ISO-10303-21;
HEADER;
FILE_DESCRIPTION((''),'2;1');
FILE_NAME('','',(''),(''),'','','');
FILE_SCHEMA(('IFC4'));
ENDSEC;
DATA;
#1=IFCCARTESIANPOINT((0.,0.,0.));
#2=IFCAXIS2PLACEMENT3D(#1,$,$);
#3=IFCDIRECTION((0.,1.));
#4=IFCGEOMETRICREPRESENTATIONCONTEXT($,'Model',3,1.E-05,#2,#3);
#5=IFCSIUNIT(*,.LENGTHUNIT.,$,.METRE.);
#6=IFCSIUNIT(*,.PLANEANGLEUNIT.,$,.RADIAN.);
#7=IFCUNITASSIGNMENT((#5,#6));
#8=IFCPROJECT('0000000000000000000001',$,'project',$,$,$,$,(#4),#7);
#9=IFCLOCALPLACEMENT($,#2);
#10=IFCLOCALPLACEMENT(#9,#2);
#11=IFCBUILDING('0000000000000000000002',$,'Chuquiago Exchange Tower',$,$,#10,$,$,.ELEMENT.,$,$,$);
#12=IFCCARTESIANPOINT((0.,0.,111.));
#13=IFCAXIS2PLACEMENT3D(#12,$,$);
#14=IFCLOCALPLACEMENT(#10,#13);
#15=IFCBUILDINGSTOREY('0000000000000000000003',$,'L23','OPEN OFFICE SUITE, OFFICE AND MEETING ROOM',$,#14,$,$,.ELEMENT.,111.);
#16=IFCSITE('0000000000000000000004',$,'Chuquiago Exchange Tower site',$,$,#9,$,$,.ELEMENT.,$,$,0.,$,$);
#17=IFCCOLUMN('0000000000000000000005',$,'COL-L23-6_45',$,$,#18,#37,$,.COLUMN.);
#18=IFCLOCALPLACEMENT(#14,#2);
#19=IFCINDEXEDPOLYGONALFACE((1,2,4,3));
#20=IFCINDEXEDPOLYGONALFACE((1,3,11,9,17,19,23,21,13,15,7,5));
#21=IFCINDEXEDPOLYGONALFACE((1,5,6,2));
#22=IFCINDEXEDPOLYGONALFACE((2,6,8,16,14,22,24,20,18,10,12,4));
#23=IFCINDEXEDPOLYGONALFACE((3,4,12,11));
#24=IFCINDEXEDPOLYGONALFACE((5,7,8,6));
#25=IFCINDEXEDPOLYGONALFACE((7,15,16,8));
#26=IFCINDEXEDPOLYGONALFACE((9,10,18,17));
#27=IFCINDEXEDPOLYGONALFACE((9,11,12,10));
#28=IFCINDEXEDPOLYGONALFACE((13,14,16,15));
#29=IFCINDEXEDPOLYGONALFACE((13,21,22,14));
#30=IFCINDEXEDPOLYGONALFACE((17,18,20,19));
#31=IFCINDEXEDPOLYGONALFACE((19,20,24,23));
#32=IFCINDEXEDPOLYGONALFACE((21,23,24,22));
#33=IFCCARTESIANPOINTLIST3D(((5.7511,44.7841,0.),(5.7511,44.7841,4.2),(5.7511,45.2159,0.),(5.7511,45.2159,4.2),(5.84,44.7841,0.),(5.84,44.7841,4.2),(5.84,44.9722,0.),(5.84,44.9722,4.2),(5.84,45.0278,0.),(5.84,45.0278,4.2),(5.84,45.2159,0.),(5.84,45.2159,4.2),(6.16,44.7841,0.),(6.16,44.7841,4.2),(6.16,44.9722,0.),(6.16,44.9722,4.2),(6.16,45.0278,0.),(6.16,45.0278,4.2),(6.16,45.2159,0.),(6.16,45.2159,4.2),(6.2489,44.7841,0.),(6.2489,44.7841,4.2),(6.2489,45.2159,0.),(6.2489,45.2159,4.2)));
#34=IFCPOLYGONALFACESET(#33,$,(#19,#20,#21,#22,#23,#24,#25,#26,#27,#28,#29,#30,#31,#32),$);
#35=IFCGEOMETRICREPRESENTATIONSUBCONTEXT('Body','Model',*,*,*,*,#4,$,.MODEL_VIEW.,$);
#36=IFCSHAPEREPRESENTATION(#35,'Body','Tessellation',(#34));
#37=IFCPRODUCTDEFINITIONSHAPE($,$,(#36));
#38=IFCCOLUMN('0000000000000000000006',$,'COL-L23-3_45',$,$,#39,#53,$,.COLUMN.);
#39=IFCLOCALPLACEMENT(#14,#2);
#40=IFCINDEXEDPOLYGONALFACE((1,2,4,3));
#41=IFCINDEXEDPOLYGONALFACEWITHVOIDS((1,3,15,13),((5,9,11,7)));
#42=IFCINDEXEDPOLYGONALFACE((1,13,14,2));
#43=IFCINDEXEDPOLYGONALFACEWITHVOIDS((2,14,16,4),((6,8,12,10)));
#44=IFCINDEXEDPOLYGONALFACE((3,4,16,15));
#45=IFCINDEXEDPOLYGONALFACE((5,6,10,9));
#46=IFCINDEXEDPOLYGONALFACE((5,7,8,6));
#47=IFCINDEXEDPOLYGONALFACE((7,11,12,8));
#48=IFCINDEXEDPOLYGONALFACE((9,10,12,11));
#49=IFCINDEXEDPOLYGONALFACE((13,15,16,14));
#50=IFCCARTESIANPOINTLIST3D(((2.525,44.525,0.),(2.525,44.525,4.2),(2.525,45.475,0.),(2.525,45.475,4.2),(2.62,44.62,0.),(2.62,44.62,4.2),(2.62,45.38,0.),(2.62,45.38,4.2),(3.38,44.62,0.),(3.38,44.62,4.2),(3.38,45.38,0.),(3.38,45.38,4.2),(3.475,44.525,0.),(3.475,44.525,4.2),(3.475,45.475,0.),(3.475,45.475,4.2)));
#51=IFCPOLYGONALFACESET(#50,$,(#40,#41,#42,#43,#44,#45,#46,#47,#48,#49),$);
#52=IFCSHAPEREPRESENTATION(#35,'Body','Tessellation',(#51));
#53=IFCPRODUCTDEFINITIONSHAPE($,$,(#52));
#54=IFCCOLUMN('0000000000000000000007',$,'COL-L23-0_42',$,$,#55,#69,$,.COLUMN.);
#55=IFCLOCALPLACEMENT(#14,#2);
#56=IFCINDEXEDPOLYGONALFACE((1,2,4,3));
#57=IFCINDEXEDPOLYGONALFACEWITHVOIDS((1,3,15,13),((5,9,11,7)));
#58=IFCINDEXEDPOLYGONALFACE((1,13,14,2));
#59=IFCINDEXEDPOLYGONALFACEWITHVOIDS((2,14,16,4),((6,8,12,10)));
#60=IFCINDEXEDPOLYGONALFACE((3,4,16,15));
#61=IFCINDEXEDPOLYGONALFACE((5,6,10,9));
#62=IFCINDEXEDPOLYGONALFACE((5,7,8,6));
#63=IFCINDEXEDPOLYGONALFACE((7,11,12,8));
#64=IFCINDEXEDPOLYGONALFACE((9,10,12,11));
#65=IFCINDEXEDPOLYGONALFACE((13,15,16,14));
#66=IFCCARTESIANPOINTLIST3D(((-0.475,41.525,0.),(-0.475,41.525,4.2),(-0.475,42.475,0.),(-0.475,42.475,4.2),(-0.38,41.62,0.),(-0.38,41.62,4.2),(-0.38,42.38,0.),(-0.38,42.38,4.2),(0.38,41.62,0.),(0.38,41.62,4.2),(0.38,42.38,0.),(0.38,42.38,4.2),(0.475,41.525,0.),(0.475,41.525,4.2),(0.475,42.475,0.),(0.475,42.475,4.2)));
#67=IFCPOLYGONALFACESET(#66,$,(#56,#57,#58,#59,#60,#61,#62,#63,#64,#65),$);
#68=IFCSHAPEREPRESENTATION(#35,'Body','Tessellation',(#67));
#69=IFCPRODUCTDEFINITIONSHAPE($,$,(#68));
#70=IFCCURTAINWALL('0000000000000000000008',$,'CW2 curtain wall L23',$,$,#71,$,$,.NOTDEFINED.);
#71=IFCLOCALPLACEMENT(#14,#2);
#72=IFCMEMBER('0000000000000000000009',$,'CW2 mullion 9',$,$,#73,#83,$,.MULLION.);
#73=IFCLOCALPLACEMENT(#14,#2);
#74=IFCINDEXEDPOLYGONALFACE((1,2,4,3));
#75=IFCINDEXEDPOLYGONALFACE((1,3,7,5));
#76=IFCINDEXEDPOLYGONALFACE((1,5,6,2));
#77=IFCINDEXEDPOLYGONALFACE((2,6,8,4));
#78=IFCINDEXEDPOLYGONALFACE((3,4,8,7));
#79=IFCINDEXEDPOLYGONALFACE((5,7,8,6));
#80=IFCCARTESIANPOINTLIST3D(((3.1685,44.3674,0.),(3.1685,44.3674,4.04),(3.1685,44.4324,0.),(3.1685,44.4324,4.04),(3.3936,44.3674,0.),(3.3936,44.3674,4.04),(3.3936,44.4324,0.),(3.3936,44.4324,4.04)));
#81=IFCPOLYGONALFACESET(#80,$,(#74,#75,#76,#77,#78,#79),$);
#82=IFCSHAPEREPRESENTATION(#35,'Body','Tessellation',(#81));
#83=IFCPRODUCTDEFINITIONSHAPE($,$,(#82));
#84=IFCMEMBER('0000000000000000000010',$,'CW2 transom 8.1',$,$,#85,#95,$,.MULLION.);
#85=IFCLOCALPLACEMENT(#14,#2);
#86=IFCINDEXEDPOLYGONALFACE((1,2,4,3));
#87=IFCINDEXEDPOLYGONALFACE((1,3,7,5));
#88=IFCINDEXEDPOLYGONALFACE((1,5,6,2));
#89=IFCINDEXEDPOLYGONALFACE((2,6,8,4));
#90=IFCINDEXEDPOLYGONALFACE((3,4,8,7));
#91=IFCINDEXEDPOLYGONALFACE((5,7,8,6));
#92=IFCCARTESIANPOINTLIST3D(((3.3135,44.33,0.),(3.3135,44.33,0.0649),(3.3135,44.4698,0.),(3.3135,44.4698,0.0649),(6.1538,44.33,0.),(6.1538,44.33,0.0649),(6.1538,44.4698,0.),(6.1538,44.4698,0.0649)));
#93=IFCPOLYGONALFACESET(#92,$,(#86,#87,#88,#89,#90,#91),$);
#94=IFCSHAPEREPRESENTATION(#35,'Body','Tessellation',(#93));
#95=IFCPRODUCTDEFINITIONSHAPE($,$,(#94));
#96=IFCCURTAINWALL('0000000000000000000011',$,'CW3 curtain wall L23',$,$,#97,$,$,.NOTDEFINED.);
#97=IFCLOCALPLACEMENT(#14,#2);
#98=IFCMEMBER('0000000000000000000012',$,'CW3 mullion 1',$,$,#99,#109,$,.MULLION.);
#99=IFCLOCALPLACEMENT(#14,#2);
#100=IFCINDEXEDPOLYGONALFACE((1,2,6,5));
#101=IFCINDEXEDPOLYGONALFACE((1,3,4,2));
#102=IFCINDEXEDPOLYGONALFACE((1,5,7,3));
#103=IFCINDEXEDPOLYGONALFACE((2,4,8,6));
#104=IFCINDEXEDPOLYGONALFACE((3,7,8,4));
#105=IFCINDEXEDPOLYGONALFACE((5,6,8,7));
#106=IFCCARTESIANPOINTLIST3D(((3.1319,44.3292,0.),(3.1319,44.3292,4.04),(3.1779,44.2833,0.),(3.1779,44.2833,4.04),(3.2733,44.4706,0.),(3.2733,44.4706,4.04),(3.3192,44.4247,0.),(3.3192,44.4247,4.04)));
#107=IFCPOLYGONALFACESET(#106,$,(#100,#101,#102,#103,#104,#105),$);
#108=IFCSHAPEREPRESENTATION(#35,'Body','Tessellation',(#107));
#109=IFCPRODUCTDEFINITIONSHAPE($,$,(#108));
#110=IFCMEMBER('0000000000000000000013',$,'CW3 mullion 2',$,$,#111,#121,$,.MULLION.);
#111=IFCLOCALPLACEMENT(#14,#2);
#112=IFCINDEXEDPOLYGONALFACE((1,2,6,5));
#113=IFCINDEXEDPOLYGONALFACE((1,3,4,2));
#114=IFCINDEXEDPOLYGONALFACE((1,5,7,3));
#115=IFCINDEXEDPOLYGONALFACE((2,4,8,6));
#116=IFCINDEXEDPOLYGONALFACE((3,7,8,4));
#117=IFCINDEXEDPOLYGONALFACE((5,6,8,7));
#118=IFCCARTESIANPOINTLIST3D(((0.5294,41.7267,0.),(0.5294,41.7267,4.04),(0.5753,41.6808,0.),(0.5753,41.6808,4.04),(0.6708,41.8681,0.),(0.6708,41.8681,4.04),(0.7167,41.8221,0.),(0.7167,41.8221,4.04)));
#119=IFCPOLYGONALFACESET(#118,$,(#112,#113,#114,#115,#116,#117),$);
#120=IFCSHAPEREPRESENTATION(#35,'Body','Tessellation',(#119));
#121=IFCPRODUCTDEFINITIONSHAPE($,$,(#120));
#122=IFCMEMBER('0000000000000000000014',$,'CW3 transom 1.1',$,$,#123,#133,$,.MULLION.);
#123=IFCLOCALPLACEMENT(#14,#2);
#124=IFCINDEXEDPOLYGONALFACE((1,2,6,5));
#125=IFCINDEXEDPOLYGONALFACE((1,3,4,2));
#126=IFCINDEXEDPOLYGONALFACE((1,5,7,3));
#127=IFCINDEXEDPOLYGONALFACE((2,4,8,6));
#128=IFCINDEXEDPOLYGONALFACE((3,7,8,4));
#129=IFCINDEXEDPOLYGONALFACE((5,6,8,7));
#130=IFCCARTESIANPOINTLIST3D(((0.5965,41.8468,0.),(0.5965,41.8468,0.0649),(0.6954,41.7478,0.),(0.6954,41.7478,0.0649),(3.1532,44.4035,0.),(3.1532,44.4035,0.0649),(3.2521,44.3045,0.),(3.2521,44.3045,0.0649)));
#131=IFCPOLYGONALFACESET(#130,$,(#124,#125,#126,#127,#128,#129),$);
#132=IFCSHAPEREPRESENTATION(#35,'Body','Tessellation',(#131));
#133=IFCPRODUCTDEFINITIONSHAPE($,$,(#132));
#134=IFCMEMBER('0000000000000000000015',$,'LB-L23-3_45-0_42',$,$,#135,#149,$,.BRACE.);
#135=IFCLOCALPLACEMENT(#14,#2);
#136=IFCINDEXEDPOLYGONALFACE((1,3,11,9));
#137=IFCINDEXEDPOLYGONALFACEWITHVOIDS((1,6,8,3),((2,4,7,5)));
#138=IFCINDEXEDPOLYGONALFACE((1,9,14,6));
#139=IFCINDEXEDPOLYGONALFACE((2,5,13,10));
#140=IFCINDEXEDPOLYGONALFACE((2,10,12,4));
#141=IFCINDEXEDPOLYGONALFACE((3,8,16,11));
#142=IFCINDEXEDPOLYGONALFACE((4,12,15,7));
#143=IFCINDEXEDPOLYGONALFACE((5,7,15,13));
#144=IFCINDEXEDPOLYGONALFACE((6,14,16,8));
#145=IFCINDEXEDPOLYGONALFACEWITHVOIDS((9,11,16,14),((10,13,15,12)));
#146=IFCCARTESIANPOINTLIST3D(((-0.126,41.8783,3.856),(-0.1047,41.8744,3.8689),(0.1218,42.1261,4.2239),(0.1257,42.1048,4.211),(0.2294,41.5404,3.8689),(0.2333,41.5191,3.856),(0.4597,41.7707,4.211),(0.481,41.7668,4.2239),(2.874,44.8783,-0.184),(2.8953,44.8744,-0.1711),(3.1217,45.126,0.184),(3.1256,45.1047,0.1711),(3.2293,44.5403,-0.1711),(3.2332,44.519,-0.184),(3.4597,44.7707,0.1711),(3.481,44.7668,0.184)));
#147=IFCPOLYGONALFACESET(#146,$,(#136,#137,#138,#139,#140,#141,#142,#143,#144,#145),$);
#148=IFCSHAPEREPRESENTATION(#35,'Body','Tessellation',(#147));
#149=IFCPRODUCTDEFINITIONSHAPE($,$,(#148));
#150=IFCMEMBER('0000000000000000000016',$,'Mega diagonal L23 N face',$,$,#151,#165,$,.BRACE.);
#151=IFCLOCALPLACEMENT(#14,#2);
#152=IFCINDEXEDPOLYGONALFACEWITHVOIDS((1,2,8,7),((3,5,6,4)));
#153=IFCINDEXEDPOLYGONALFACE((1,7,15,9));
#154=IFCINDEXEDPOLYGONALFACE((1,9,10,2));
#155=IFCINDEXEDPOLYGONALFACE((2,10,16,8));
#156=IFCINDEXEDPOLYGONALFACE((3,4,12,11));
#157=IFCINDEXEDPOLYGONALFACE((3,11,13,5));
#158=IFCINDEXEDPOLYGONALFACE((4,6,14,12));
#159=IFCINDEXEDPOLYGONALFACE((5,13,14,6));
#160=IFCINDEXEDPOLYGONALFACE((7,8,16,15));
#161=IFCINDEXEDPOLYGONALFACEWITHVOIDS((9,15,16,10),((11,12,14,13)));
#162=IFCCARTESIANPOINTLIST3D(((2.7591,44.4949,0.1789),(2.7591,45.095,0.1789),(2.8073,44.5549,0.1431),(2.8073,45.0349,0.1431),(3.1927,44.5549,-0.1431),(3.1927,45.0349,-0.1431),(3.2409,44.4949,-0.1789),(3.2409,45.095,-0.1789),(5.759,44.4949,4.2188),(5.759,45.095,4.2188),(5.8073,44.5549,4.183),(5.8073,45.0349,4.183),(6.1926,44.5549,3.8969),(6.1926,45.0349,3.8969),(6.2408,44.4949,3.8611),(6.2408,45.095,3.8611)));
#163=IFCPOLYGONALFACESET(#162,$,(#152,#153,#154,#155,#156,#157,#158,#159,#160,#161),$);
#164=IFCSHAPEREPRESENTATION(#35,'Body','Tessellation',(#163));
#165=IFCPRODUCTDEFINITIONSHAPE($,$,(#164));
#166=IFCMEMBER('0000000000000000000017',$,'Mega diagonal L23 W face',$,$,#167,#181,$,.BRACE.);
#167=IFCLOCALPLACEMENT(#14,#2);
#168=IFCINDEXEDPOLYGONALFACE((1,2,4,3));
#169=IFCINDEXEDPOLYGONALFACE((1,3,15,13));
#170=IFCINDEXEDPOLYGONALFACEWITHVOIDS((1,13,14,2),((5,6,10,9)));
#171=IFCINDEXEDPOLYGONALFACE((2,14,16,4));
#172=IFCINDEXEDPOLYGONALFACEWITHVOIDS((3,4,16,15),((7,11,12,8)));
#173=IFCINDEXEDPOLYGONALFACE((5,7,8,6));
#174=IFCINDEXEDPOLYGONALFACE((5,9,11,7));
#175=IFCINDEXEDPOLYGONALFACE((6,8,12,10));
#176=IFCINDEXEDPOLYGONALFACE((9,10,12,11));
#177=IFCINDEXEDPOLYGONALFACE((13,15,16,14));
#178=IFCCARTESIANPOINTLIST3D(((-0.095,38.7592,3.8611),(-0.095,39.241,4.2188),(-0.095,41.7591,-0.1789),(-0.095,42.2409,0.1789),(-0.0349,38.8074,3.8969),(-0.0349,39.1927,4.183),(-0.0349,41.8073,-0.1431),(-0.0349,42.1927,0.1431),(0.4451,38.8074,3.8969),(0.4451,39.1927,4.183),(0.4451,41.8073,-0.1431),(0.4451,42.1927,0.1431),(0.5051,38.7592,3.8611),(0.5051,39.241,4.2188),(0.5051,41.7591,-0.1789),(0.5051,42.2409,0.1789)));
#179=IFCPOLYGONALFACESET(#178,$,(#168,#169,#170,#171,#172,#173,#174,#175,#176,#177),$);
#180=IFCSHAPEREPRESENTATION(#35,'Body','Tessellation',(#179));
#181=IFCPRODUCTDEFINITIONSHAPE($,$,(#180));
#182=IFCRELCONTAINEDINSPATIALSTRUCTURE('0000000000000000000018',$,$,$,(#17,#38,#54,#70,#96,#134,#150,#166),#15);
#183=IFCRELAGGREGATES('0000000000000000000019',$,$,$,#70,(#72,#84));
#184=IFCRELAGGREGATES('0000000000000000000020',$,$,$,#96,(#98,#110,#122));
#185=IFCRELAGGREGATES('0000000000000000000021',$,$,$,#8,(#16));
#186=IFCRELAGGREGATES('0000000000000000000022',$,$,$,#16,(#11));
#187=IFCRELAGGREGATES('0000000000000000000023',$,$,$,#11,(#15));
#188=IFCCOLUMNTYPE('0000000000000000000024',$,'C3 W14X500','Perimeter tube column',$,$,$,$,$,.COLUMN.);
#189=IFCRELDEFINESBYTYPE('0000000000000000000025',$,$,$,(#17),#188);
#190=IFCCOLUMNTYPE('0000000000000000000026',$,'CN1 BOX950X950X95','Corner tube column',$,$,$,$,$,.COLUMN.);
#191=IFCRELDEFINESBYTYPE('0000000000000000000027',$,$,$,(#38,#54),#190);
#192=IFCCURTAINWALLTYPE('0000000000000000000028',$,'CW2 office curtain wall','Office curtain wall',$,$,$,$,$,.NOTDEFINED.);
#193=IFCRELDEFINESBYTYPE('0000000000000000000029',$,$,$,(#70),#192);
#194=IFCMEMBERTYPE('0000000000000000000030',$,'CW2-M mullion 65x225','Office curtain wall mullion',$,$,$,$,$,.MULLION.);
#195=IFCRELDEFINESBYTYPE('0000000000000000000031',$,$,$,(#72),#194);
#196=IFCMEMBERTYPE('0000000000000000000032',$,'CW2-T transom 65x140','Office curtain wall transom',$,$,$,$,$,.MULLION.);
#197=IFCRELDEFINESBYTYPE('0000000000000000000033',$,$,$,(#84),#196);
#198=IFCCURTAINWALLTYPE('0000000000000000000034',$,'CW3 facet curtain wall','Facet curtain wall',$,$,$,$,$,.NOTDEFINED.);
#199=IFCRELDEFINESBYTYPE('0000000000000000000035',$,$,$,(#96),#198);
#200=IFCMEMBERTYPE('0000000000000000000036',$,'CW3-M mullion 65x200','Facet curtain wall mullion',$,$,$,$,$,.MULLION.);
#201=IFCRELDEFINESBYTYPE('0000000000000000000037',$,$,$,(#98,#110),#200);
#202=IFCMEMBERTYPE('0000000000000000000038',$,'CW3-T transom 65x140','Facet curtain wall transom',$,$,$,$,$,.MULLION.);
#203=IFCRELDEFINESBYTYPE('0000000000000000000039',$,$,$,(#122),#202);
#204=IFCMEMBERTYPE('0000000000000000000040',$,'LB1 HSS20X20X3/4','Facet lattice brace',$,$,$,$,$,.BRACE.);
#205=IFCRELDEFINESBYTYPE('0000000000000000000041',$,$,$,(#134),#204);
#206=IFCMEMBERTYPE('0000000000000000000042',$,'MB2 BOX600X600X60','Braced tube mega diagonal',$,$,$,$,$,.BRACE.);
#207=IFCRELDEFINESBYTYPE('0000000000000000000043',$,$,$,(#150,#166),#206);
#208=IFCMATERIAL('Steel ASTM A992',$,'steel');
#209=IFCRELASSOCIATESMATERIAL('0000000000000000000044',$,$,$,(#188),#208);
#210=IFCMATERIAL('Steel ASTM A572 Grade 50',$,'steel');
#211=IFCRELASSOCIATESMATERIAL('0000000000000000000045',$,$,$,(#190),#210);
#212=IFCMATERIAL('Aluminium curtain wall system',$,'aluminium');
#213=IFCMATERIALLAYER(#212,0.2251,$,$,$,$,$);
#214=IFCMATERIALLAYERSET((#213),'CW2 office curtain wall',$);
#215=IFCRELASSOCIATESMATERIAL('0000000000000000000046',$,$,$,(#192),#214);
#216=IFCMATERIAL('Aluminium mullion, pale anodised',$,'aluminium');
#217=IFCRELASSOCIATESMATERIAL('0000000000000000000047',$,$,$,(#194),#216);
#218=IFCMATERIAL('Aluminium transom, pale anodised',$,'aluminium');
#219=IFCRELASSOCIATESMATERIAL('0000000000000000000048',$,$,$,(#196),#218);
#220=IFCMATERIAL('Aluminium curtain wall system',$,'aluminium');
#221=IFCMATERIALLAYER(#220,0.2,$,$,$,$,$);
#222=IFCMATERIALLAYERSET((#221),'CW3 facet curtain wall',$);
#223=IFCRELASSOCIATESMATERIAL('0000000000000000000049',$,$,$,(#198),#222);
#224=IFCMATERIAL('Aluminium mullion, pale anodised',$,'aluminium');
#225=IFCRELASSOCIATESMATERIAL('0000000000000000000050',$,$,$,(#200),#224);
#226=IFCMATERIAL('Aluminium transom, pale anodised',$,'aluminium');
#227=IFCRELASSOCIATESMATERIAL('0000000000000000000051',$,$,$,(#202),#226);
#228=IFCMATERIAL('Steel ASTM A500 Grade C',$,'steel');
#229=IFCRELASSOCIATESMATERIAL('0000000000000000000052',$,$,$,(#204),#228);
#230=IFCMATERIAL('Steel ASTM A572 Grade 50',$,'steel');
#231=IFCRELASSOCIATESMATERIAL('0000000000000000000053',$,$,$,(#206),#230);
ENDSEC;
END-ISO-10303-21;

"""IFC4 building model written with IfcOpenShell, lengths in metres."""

from ifc_helpers import new_model, si_unit, direction, frame, origin, origin_2d, place, context, subcontext, project, spatial, rectangle, hollow_rectangle, i_section, extrude, material, layer, layer_set, material_profile, profile_set, type_object, element, aggregate, save


model = new_model("IFC4")

# Units and contexts
model_context = context("Model", 3, precision=1e-05, world=origin(), true_north=direction((0.0, 1.0)))
body_context = subcontext(model_context, "Body", "Model", "MODEL_VIEW")
ifc_project = project(units=[si_unit("LENGTHUNIT", "METRE"), si_unit("PLANEANGLEUNIT", "RADIAN")], contexts=[model_context])

# Site, building, storey
site_placement = place(None, origin())
site = spatial("IfcSite", under=ifc_project, at=site_placement, Name="Chuquiago Exchange Tower site", CompositionType="ELEMENT", RefElevation=0.0)
building_placement = place(site_placement, origin())
building = spatial("IfcBuilding", under=site, at=building_placement, Name="Chuquiago Exchange Tower", CompositionType="ELEMENT")
storey_placement = place(building_placement, frame((0.0, 0.0, 111.0)))
storey = spatial("IfcBuildingStorey", under=building, at=storey_placement, Name="L23", Description="OPEN OFFICE SUITE, OFFICE AND MEETING ROOM", CompositionType="ELEMENT", Elevation=111.0)

# Columns
ifc_material_1 = material(Name="Steel ASTM A992", Category="steel")
ifc_material_profile_1 = material_profile(ifc_material_1, i_section(OverallWidth=0.4319, OverallDepth=0.4978, WebThickness=0.0557, FlangeThickness=0.0889, at=origin_2d()), Name="W14X500")
ifc_profile_set_1 = profile_set([ifc_material_profile_1], Name="Steel ASTM A992")
column_type_1 = type_object("IfcColumnType", Name="C3 W14X500", Description="Perimeter tube column", PredefinedType="COLUMN", material=ifc_profile_set_1)
column_placement = place(storey_placement, frame((6.0, 45.0, 0.0), z_axis=(0.0, 0.0, 1.0), x_axis=(0.0, 1.0, 0.0)))
element("IfcColumn", 1, at=column_placement, inside=storey, type_object=column_type_1, Name="COL-L23-6_45", PredefinedType="COLUMN", context=body_context, shape_type="SweptSolid", body=[
    extrude(i_section(OverallWidth=0.4319, OverallDepth=0.4978, WebThickness=0.0557, FlangeThickness=0.0889, at=origin_2d()), origin(), (0.0, 0.0, 1.0), 4.2),
])
ifc_material_2 = material(Name="Steel ASTM A572 Grade 50", Category="steel")
ifc_material_profile_2 = material_profile(ifc_material_2, hollow_rectangle(XDim=0.95, YDim=0.95, WallThickness=0.095, at=origin_2d()), Name="BOX950X950X95")
ifc_profile_set_2 = profile_set([ifc_material_profile_2], Name="Steel ASTM A572 Grade 50")
column_type_2 = type_object("IfcColumnType", Name="CN1 BOX950X950X95", Description="Corner tube column", PredefinedType="COLUMN", material=ifc_profile_set_2)
for number, where, z_axis, x_axis, name in (
    (2, (3.0, 45.0, 0.0), (0.0, 0.0, 1.0), (0.0, 1.0, 0.0), "COL-L23-3_45"),
    (3, (0.0, 42.0, 0.0), (0.0, 0.0, 1.0), (-1.0, 0.0, 0.0), "COL-L23-0_42"),
):
    element("IfcColumn", number, at=place(storey_placement, frame(where, z_axis=z_axis, x_axis=x_axis)), inside=storey, type_object=column_type_2, Name=name, PredefinedType="COLUMN", context=body_context, shape_type="SweptSolid", body=[
        extrude(hollow_rectangle(XDim=0.95, YDim=0.95, WallThickness=0.095, at=origin_2d()), origin(), (0.0, 0.0, 1.0), 4.2),
    ])

# Curtain walls, members
ifc_material_3 = material(Name="Aluminium curtain wall system", Category="aluminium")
ifc_layer_1 = layer(ifc_material_3, 0.2251)
ifc_layer_set_1 = layer_set([ifc_layer_1], Name="CW2 office curtain wall")
curtain_wall_type_1 = type_object("IfcCurtainWallType", Name="CW2 office curtain wall", Description="Office curtain wall", PredefinedType="NOTDEFINED", material=ifc_layer_set_1)
curtain_wall_1_placement = place(storey_placement, origin())
curtain_wall_1 = element("IfcCurtainWall", 4, at=curtain_wall_1_placement, inside=storey, type_object=curtain_wall_type_1, Name="CW2 curtain wall L23", PredefinedType="NOTDEFINED")
ifc_material_4 = material(Name="Aluminium mullion, pale anodised", Category="aluminium")
ifc_material_profile_3 = material_profile(ifc_material_4, rectangle(XDim=0.0649, YDim=0.2251, at=origin_2d()), Name="AL 65x225")
ifc_profile_set_3 = profile_set([ifc_material_profile_3], Name="Aluminium mullion, pale anodised")
member_type_1 = type_object("IfcMemberType", Name="CW2-M mullion 65x225", Description="Office curtain wall mullion", PredefinedType="MULLION", material=ifc_profile_set_3)
member_1_placement = place(storey_placement, frame((3.281, 44.3999, 0.0), z_axis=(0.0, 0.0, 1.0), x_axis=(0.0, -1.0, 0.0)))
member_1 = element("IfcMember", 5, at=member_1_placement, type_object=member_type_1, Name="CW2 mullion 9", PredefinedType="MULLION", context=body_context, shape_type="SweptSolid", body=[
    extrude(rectangle(XDim=0.0649, YDim=0.2251, at=origin_2d()), origin(), (0.0, 0.0, 1.0), 4.04),
])
ifc_material_5 = material(Name="Aluminium transom, pale anodised", Category="aluminium")
ifc_material_profile_4 = material_profile(ifc_material_5, rectangle(XDim=0.1399, YDim=0.0649, at=origin_2d()), Name="AL 140x65")
ifc_profile_set_4 = profile_set([ifc_material_profile_4], Name="Aluminium transom, pale anodised")
member_type_2 = type_object("IfcMemberType", Name="CW2-T transom 65x140", Description="Office curtain wall transom", PredefinedType="MULLION", material=ifc_profile_set_4)
member_2_placement = place(storey_placement, frame((6.1538, 44.3999, 0.0325), z_axis=(-1.0, 0.0, 0.0), x_axis=(0.0, -1.0, 0.0)))
member_2 = element("IfcMember", 6, at=member_2_placement, type_object=member_type_2, Name="CW2 transom 8.1", PredefinedType="MULLION", context=body_context, shape_type="SweptSolid", body=[
    extrude(rectangle(XDim=0.1399, YDim=0.0649, at=origin_2d()), origin(), (0.0, 0.0, 1.0), 2.8403),
])
ifc_material_6 = material(Name="Aluminium curtain wall system", Category="aluminium")
ifc_layer_2 = layer(ifc_material_6, 0.2)
ifc_layer_set_2 = layer_set([ifc_layer_2], Name="CW3 facet curtain wall")
curtain_wall_type_2 = type_object("IfcCurtainWallType", Name="CW3 facet curtain wall", Description="Facet curtain wall", PredefinedType="NOTDEFINED", material=ifc_layer_set_2)
curtain_wall_2_placement = place(storey_placement, origin())
curtain_wall_2 = element("IfcCurtainWall", 7, at=curtain_wall_2_placement, inside=storey, type_object=curtain_wall_type_2, Name="CW3 curtain wall L23", PredefinedType="NOTDEFINED")
ifc_material_7 = material(Name="Aluminium mullion, pale anodised", Category="aluminium")
ifc_material_profile_5 = material_profile(ifc_material_7, rectangle(XDim=0.0649, YDim=0.2, at=origin_2d()), Name="AL 65x200")
ifc_profile_set_5 = profile_set([ifc_material_profile_5], Name="Aluminium mullion, pale anodised")
member_type_3 = type_object("IfcMemberType", Name="CW3-M mullion 65x200", Description="Facet curtain wall mullion", PredefinedType="MULLION", material=ifc_profile_set_5)
member_3_placement = place(storey_placement, frame((3.2256, 44.377, 0.0), z_axis=(0.0, 0.0, 1.0), x_axis=(0.707107, -0.707107, 0.0)))
member_3 = element("IfcMember", 8, at=member_3_placement, type_object=member_type_3, Name="CW3 mullion 1", PredefinedType="MULLION", context=body_context, shape_type="SweptSolid", body=[
    extrude(rectangle(XDim=0.0649, YDim=0.2, at=origin_2d()), origin(), (0.0, 0.0, 1.0), 4.04),
])
member_4_placement = place(storey_placement, frame((0.623, 41.7744, 0.0), z_axis=(0.0, 0.0, 1.0), x_axis=(0.707107, -0.707107, 0.0)))
member_4 = element("IfcMember", 9, at=member_4_placement, type_object=member_type_3, Name="CW3 mullion 2", PredefinedType="MULLION", context=body_context, shape_type="SweptSolid", body=[
    extrude(rectangle(XDim=0.0649, YDim=0.2, at=origin_2d()), origin(), (0.0, 0.0, 1.0), 4.04),
])
ifc_material_8 = material(Name="Aluminium transom, pale anodised", Category="aluminium")
ifc_material_profile_6 = material_profile(ifc_material_8, rectangle(XDim=0.1399, YDim=0.0649, at=origin_2d()), Name="AL 140x65")
ifc_profile_set_6 = profile_set([ifc_material_profile_6], Name="Aluminium transom, pale anodised")
member_type_4 = type_object("IfcMemberType", Name="CW3-T transom 65x140", Description="Facet curtain wall transom", PredefinedType="MULLION", material=ifc_profile_set_6)
member_5_placement = place(storey_placement, frame((3.2026, 44.354, 0.0325), z_axis=(-0.707107, -0.707107, 0.0), x_axis=(0.707107, -0.707107, 0.0)))
member_5 = element("IfcMember", 10, at=member_5_placement, type_object=member_type_4, Name="CW3 transom 1.1", PredefinedType="MULLION", context=body_context, shape_type="SweptSolid", body=[
    extrude(rectangle(XDim=0.1399, YDim=0.0649, at=origin_2d()), origin(), (0.0, 0.0, 1.0), 3.6157),
])

# Members
ifc_material_9 = material(Name="Steel ASTM A500 Grade C", Category="steel")
ifc_material_profile_7 = material_profile(ifc_material_9, hollow_rectangle(XDim=0.5081, YDim=0.5081, WallThickness=0.0178, at=origin_2d()), Name="HSS20X20X3/4")
ifc_profile_set_7 = profile_set([ifc_material_profile_7], Name="Steel ASTM A500 Grade C")
member_type_5 = type_object("IfcMemberType", Name="LB1 HSS20X20X3/4", Description="Facet lattice brace", PredefinedType="BRACE", material=ifc_profile_set_7)
member_6_placement = place(storey_placement, frame((3.1775, 44.8225, 0.0), z_axis=(-0.512077, -0.512077, 0.689604), x_axis=(0.707107, -0.707107, 0.0)))
element("IfcMember", 11, at=member_6_placement, inside=storey, type_object=member_type_5, Name="LB-L23-3_45-0_42", PredefinedType="BRACE", context=body_context, shape_type="SweptSolid", body=[
    extrude(hollow_rectangle(XDim=0.5081, YDim=0.5081, WallThickness=0.0178, at=origin_2d()), origin(), (0.0, 0.0, 1.0), 5.8584),
])
ifc_material_10 = material(Name="Steel ASTM A572 Grade 50", Category="steel")
ifc_material_profile_8 = material_profile(ifc_material_10, hollow_rectangle(XDim=0.6001, YDim=0.6001, WallThickness=0.0601, at=origin_2d()), Name="BOX600X600X60")
ifc_profile_set_8 = profile_set([ifc_material_profile_8], Name="Steel ASTM A572 Grade 50")
member_type_6 = type_object("IfcMemberType", Name="MB2 BOX600X600X60", Description="Braced tube mega diagonal", PredefinedType="BRACE", material=ifc_profile_set_8)
for number, where, z_axis, x_axis, name in (
    (12, (3.0, 44.7949, 0.0), (0.596174, 0.0, 0.802855), (0.0, 1.0, 0.0), "Mega diagonal L23 N face"),
    (13, (0.2051, 42.0, 0.0), (0.0, -0.596174, 0.802855), (1.0, 0.0, 0.0), "Mega diagonal L23 W face"),
):
    element("IfcMember", number, at=place(storey_placement, frame(where, z_axis=z_axis, x_axis=x_axis)), inside=storey, type_object=member_type_6, Name=name, PredefinedType="BRACE", context=body_context, shape_type="SweptSolid", body=[
        extrude(hollow_rectangle(XDim=0.6001, YDim=0.6001, WallThickness=0.0601, at=origin_2d()), origin(), (0.0, 0.0, 1.0), 5.032),
    ])

aggregate(curtain_wall_1, [member_1, member_2])
aggregate(curtain_wall_2, [member_3, member_4, member_5])

save(model, "model.ifc")
